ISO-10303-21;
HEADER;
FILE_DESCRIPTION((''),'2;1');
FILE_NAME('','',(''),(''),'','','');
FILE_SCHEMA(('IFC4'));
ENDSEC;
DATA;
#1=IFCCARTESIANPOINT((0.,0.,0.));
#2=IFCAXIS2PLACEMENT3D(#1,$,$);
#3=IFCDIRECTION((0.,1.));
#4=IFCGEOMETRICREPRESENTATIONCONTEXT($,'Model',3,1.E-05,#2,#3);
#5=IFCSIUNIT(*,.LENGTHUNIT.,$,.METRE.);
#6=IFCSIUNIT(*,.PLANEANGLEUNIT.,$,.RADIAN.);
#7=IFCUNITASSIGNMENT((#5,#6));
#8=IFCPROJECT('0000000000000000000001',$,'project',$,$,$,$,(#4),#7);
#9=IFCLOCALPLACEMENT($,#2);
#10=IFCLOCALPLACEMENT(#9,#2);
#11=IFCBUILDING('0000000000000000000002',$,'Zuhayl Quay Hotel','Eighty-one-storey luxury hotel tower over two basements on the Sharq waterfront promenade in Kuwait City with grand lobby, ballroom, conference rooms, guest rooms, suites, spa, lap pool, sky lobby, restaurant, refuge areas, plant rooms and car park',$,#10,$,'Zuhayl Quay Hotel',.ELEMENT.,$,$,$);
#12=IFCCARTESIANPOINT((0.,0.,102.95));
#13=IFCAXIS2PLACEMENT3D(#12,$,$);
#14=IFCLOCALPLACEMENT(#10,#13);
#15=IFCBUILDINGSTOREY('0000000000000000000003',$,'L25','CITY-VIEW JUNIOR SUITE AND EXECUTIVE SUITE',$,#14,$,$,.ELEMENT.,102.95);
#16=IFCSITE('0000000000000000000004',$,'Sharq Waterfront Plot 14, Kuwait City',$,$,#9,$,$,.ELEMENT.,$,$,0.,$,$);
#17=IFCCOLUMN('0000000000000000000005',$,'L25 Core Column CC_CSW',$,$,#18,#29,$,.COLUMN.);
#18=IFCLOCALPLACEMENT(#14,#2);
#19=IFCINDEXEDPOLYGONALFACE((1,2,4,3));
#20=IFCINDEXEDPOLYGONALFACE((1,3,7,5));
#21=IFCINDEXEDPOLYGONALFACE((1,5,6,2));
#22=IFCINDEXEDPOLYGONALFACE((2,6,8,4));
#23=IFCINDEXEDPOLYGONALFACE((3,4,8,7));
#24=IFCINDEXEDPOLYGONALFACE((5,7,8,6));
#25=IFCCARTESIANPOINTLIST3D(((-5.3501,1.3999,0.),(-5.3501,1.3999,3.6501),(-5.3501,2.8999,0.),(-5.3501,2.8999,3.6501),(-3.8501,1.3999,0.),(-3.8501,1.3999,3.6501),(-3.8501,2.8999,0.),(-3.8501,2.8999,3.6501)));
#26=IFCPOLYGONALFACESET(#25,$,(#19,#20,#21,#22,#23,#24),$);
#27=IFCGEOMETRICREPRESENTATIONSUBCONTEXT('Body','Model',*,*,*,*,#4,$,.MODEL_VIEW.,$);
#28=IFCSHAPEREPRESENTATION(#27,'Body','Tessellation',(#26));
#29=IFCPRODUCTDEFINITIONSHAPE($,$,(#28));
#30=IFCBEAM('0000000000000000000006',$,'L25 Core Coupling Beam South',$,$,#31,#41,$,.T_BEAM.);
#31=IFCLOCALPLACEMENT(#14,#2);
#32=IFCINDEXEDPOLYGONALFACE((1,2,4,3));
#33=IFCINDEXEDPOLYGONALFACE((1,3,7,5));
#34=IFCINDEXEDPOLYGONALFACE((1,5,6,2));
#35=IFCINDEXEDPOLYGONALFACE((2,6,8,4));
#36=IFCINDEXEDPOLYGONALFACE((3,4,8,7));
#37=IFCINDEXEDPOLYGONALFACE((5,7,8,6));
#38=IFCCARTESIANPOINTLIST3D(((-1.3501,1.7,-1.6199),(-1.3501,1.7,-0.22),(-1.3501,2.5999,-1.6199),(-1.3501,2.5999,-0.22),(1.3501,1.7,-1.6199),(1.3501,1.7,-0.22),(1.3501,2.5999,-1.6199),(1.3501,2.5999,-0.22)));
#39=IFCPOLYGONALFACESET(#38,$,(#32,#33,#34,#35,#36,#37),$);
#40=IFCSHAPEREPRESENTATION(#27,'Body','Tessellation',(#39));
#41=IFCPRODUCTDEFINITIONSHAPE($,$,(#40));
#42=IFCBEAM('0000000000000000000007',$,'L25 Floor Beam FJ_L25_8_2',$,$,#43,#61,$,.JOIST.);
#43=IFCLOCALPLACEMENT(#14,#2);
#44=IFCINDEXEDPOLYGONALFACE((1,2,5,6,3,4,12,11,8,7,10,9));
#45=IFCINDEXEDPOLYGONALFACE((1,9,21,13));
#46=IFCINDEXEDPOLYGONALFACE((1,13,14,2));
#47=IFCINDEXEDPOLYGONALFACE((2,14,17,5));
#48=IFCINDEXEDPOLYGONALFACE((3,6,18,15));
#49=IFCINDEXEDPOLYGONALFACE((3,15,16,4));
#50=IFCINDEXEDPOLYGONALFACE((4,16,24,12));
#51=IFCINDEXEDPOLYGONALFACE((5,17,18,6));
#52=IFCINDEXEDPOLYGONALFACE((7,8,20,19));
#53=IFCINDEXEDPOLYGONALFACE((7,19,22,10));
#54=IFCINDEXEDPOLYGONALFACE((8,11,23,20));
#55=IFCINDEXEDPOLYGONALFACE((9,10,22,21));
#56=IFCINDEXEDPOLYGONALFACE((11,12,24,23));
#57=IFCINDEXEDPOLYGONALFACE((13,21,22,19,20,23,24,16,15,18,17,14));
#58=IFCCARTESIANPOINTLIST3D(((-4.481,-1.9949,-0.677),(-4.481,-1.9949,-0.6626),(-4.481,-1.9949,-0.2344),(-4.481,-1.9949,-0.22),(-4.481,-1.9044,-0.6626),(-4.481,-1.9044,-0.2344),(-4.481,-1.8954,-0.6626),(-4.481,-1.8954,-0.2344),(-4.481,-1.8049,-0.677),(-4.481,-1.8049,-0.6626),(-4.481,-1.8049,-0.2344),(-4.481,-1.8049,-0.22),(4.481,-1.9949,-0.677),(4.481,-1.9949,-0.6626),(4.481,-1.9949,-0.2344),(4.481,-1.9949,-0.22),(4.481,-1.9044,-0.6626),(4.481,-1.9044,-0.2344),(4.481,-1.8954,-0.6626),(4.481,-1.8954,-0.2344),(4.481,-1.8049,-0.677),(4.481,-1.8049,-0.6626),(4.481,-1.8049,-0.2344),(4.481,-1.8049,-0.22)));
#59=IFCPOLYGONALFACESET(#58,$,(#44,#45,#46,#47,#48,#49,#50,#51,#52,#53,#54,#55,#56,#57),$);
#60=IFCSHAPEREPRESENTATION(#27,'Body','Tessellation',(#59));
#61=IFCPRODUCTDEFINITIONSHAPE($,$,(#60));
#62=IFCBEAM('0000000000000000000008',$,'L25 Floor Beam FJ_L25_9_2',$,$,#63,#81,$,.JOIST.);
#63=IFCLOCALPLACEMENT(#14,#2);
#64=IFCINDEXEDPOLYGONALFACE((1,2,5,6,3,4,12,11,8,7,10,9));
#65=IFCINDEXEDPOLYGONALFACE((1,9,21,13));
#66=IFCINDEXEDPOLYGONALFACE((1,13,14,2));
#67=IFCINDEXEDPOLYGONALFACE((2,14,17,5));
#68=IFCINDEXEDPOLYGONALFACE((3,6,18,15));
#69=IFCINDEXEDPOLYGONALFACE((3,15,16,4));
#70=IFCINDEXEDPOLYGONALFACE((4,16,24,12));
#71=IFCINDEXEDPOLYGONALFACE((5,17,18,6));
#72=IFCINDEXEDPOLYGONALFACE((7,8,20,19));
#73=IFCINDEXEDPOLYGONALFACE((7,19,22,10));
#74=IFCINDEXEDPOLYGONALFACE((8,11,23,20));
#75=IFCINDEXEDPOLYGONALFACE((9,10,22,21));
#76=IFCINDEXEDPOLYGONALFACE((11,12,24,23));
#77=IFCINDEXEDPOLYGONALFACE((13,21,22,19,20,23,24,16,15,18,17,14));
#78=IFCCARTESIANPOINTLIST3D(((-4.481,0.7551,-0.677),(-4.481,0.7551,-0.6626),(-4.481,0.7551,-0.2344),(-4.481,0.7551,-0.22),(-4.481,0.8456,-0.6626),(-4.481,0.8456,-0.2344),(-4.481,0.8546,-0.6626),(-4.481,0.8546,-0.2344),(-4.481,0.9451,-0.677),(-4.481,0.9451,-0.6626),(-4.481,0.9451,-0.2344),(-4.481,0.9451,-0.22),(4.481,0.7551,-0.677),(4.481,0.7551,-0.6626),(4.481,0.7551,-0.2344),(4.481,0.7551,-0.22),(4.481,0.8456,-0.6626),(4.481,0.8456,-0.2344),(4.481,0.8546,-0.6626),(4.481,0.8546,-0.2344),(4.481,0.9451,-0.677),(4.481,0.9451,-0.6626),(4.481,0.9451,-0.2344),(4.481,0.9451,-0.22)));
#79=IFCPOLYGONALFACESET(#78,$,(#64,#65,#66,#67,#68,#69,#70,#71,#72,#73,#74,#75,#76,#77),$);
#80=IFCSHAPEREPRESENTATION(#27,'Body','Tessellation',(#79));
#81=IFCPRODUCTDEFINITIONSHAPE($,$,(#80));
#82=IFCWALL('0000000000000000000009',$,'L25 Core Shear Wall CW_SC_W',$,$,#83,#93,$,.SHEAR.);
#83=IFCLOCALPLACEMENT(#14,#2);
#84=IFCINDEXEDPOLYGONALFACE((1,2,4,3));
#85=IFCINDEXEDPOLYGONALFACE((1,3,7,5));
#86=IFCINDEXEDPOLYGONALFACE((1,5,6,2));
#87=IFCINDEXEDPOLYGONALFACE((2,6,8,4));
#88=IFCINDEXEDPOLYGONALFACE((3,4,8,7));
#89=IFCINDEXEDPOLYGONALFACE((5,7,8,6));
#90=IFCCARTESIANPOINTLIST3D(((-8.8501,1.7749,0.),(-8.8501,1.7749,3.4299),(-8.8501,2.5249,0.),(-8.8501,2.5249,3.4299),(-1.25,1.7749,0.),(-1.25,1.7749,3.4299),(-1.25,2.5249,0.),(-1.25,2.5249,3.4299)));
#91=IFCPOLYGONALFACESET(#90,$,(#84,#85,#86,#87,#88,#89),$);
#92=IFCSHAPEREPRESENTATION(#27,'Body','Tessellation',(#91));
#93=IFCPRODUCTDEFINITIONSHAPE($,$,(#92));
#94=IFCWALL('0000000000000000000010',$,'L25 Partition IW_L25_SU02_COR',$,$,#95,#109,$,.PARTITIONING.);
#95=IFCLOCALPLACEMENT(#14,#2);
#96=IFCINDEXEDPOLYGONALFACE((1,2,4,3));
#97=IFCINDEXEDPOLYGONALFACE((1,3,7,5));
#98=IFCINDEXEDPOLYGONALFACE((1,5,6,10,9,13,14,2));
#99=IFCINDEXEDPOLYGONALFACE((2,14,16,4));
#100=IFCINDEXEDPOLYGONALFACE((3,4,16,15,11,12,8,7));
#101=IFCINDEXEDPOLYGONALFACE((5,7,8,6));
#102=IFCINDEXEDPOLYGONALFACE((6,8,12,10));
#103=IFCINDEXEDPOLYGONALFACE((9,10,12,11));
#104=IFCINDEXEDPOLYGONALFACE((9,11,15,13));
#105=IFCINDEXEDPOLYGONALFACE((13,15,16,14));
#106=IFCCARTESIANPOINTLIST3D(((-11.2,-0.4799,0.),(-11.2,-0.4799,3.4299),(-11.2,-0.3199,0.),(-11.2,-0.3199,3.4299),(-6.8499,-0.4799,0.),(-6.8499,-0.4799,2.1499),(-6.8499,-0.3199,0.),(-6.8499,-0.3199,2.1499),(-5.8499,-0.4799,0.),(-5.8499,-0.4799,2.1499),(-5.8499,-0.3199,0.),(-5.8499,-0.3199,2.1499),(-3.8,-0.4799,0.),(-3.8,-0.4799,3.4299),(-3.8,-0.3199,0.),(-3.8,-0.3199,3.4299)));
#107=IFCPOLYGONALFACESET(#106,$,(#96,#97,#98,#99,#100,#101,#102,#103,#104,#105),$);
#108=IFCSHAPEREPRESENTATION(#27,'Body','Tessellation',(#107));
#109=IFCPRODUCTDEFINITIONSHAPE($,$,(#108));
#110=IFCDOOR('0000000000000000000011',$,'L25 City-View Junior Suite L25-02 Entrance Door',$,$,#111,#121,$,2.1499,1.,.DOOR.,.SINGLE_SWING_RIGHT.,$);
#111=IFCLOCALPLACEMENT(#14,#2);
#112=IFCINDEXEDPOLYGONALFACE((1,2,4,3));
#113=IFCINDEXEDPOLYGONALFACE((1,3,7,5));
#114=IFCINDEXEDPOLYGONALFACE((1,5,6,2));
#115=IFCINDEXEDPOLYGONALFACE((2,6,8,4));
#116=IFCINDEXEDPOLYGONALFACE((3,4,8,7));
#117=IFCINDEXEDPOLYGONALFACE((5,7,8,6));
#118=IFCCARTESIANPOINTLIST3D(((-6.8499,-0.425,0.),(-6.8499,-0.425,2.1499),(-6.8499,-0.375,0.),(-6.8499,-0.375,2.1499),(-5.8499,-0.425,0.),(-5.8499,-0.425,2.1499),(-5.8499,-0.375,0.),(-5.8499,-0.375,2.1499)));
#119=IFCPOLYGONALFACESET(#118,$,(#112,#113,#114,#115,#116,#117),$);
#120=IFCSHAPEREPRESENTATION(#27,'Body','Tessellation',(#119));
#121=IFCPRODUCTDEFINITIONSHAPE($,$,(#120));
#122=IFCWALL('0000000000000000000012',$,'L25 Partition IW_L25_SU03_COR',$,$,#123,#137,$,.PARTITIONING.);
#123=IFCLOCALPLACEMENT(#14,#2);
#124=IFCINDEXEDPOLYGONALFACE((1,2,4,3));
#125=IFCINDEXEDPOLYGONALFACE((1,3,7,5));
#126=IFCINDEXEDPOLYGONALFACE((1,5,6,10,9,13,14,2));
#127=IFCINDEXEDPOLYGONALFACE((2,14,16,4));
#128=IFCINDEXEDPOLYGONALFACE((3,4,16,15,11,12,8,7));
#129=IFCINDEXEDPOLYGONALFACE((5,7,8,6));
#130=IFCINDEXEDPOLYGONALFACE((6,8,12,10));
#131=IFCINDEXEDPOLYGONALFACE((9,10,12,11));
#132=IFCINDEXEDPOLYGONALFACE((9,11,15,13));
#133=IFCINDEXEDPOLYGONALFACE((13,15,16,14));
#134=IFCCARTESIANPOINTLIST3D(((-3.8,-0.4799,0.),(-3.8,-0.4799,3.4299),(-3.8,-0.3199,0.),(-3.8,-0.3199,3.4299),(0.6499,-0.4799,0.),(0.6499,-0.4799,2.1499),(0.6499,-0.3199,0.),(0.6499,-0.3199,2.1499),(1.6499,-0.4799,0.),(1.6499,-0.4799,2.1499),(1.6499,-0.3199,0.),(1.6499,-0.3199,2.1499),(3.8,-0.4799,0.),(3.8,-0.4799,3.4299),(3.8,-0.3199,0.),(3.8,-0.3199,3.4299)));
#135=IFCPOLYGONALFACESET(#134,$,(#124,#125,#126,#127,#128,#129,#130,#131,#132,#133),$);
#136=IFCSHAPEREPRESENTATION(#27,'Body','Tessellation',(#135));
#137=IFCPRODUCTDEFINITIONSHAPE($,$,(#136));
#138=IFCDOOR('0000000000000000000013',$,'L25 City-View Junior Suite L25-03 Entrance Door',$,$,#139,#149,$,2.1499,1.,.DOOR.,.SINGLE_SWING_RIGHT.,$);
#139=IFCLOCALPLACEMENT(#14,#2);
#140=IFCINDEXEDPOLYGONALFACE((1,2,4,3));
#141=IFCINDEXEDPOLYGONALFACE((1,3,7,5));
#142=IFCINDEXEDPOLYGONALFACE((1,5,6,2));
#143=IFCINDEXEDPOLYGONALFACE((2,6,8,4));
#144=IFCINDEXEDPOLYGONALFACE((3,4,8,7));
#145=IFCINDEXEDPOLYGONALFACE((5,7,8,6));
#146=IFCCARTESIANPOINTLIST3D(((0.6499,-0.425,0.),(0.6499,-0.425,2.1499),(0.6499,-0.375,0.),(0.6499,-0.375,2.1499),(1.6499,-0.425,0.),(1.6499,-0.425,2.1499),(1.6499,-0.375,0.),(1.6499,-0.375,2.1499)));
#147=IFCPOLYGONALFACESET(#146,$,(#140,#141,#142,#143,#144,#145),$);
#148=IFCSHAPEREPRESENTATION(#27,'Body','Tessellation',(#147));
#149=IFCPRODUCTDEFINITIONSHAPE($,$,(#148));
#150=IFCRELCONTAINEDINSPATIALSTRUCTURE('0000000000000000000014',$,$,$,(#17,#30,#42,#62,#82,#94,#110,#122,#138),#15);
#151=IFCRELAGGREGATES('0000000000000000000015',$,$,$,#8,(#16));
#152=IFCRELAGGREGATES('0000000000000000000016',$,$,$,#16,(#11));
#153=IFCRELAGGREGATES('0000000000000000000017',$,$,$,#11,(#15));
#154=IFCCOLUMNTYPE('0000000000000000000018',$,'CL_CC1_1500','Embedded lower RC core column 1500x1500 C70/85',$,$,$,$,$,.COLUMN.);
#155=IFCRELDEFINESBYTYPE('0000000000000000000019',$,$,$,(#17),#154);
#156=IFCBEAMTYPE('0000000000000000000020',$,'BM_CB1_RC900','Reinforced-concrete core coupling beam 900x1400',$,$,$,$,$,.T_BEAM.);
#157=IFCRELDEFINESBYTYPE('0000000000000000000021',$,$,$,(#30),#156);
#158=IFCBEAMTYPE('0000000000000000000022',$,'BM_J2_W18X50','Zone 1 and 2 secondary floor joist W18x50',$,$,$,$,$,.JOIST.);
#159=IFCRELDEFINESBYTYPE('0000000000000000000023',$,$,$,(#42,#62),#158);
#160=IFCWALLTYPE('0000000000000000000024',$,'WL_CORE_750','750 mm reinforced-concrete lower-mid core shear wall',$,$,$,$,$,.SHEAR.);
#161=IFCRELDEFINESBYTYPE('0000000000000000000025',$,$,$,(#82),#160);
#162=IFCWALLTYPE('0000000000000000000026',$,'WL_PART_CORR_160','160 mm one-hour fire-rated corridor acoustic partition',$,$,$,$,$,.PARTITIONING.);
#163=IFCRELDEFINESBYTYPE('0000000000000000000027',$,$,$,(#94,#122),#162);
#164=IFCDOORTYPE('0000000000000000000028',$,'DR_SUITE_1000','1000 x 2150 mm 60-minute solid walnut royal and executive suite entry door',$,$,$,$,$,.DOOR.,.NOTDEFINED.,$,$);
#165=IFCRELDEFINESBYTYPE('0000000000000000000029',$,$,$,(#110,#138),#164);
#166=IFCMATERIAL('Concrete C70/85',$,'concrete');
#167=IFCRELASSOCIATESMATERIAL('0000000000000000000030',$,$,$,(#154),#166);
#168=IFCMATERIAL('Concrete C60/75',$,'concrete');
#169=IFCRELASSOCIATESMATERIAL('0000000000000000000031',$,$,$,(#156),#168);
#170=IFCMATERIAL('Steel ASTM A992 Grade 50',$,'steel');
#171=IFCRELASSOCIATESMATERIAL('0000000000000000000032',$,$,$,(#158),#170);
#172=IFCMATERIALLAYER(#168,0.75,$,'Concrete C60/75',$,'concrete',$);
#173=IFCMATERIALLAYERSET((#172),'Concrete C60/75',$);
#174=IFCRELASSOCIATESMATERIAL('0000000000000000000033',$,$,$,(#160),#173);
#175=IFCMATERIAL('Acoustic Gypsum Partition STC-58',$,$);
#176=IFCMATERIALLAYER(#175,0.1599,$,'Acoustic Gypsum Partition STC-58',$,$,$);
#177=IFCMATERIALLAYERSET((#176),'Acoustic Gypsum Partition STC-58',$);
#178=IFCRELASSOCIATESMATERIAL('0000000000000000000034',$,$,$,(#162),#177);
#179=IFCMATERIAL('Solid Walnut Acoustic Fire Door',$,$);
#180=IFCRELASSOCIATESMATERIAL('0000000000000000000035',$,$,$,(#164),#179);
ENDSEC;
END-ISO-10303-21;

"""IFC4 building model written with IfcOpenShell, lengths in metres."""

from ifc_helpers import new_model, si_unit, direction, frame, frame_2d, origin, origin_2d, place, context, subcontext, project, spatial, rectangle, i_section, extrude, material, layer, layer_set, material_profile, profile_set, type_object, element, fill, save


model = new_model("IFC4")

# Units and contexts
model_context = context("Model", 3, precision=1e-05, world=origin(), true_north=direction((0.0, 1.0)))
body_context = subcontext(model_context, "Body", "Model", "MODEL_VIEW")
ifc_project = project(units=[si_unit("LENGTHUNIT", "METRE"), si_unit("PLANEANGLEUNIT", "RADIAN")], contexts=[model_context])

# Site, building, storey
site_placement = place(None, origin())
site = spatial("IfcSite", under=ifc_project, at=site_placement, Name="Sharq Waterfront Plot 14, Kuwait City", CompositionType="ELEMENT", RefElevation=0.0)
building_placement = place(site_placement, origin())
building = spatial("IfcBuilding", under=site, at=building_placement, Name="Zuhayl Quay Hotel", Description="Eighty-one-storey luxury hotel tower over two basements on the Sharq waterfront promenade in Kuwait City with grand lobby, ballroom, conference rooms, guest rooms, suites, spa, lap pool, sky lobby, restaurant, refuge areas, plant rooms and car park", LongName="Zuhayl Quay Hotel", CompositionType="ELEMENT")
storey_placement = place(building_placement, frame((0.0, 0.0, 102.95)))
storey = spatial("IfcBuildingStorey", under=building, at=storey_placement, Name="L25", Description="CITY-VIEW JUNIOR SUITE AND EXECUTIVE SUITE", CompositionType="ELEMENT", Elevation=102.95)

# Column
ifc_material_1 = material(Name="Concrete C70/85", Category="concrete")
ifc_material_profile_1 = material_profile(ifc_material_1, rectangle(XDim=1.5, YDim=1.5, at=origin_2d()), Name="RC1500X1500")
ifc_profile_set_1 = profile_set([ifc_material_profile_1], Name="Concrete C70/85")
column_type = type_object("IfcColumnType", Name="CL_CC1_1500", Description="Embedded lower RC core column 1500x1500 C70/85", PredefinedType="COLUMN", material=ifc_profile_set_1)
column_placement = place(storey_placement, frame((-4.6001, 2.1499, 0.0), z_axis=(0.0, 0.0, 1.0), x_axis=(1.0, 0.0, 0.0)))
element("IfcColumn", 1, at=column_placement, inside=storey, type_object=column_type, Name="L25 Core Column CC_CSW", PredefinedType="COLUMN", context=body_context, shape_type="SweptSolid", body=[
    extrude(rectangle(XDim=1.5, YDim=1.5, at=origin_2d()), origin(), (0.0, 0.0, 1.0), 3.6501),
])

# Beams
ifc_material_2 = material(Name="Concrete C60/75", Category="concrete")
ifc_material_profile_2 = material_profile(ifc_material_2, rectangle(XDim=0.8999, YDim=1.3999, at=origin_2d()), Name="RC900X1400")
ifc_profile_set_2 = profile_set([ifc_material_profile_2], Name="Concrete C60/75")
beam_type_1 = type_object("IfcBeamType", Name="BM_CB1_RC900", Description="Reinforced-concrete core coupling beam 900x1400", PredefinedType="T_BEAM", material=ifc_profile_set_2)
beam_placement = place(storey_placement, frame((-1.3501, 2.1499, -0.9199), z_axis=(1.0, 0.0, 0.0), x_axis=(0.0, 1.0, 0.0)))
element("IfcBeam", 2, at=beam_placement, inside=storey, type_object=beam_type_1, Name="L25 Core Coupling Beam South", PredefinedType="T_BEAM", context=body_context, shape_type="SweptSolid", body=[
    extrude(rectangle(XDim=0.8999, YDim=1.3999, at=origin_2d()), origin(), (0.0, 0.0, 1.0), 2.7002),
])
ifc_material_3 = material(Name="Steel ASTM A992 Grade 50", Category="steel")
ifc_material_profile_3 = material_profile(ifc_material_3, i_section(OverallWidth=0.1899, OverallDepth=0.457, WebThickness=0.009, FlangeThickness=0.0144, at=origin_2d()), Name="W18X50")
ifc_profile_set_3 = profile_set([ifc_material_profile_3], Name="Steel ASTM A992 Grade 50")
beam_type_2 = type_object("IfcBeamType", Name="BM_J2_W18X50", Description="Zone 1 and 2 secondary floor joist W18x50", PredefinedType="JOIST", material=ifc_profile_set_3)
for number, where, z_axis, x_axis, name in (
    (3, (-4.481, -1.8999, -0.4485), (1.0, 0.0, 0.0), (0.0, 1.0, 0.0), "L25 Floor Beam FJ_L25_8_2"),
    (4, (-4.481, 0.8501, -0.4485), (1.0, 0.0, 0.0), (0.0, 1.0, 0.0), "L25 Floor Beam FJ_L25_9_2"),
):
    element("IfcBeam", number, at=place(storey_placement, frame(where, z_axis=z_axis, x_axis=x_axis)), inside=storey, type_object=beam_type_2, Name=name, PredefinedType="JOIST", context=body_context, shape_type="SweptSolid", body=[
        extrude(i_section(OverallWidth=0.1899, OverallDepth=0.457, WebThickness=0.009, FlangeThickness=0.0144, at=origin_2d()), origin(), (0.0, 0.0, 1.0), 8.9619),
    ])

# Wall
ifc_layer_1 = layer(ifc_material_2, 0.75, Name="Concrete C60/75", Category="concrete")
ifc_layer_set_1 = layer_set([ifc_layer_1], Name="Concrete C60/75")
wall_type_1 = type_object("IfcWallType", Name="WL_CORE_750", Description="750 mm reinforced-concrete lower-mid core shear wall", PredefinedType="SHEAR", material=ifc_layer_set_1)
wall_1_placement = place(storey_placement, frame((-8.8501, 2.1499, 0.0), z_axis=(0.0, 0.0, 1.0), x_axis=(1.0, 0.0, 0.0)))
element("IfcWall", 5, at=wall_1_placement, inside=storey, type_object=wall_type_1, Name="L25 Core Shear Wall CW_SC_W", PredefinedType="SHEAR", context=body_context, shape_type="SweptSolid", body=[
    extrude(rectangle(XDim=7.6001, YDim=0.75, at=frame_2d((3.8, 0.0))), origin(), (0.0, 0.0, 1.0), 3.4299),
])

# Walls, openings, doors
ifc_material_4 = material(Name="Acoustic Gypsum Partition STC-58")
ifc_layer_2 = layer(ifc_material_4, 0.1599, Name="Acoustic Gypsum Partition STC-58")
ifc_layer_set_2 = layer_set([ifc_layer_2], Name="Acoustic Gypsum Partition STC-58")
wall_type_2 = type_object("IfcWallType", Name="WL_PART_CORR_160", Description="160 mm one-hour fire-rated corridor acoustic partition", PredefinedType="PARTITIONING", material=ifc_layer_set_2)
wall_2_placement = place(storey_placement, frame((-11.2, -0.3999, 0.0), z_axis=(0.0, 0.0, 1.0), x_axis=(1.0, 0.0, 0.0)))
wall_2 = element("IfcWall", 6, at=wall_2_placement, inside=storey, type_object=wall_type_2, Name="L25 Partition IW_L25_SU02_COR", PredefinedType="PARTITIONING", context=body_context, shape_type="SweptSolid", body=[
    extrude(rectangle(XDim=7.3999, YDim=0.1599, at=frame_2d((3.7, 0.0))), origin(), (0.0, 0.0, 1.0), 3.4299),
])
opening_1_placement = place(wall_2_placement, frame((4.3501, 0.0, 0.0)))
opening_1 = element("IfcOpeningElement", 7, at=opening_1_placement, cuts=wall_2, PredefinedType="OPENING", context=body_context, shape_type="SweptSolid", body=[
    extrude(rectangle(XDim=1.0, YDim=2.1499, at=frame_2d((0.5, 1.075))), frame((0.0, 0.0898, 0.0), z_axis=(0.0, -1.0, 0.0), x_axis=(1.0, 0.0, 0.0)), (0.0, 0.0, 1.0), 0.1799),
])
ifc_material_5 = material(Name="Solid Walnut Acoustic Fire Door")
door_type_1 = type_object("IfcDoorType", Name="DR_SUITE_1000", Description="1000 x 2150 mm 60-minute solid walnut royal and executive suite entry door", OperationType="NOTDEFINED", PredefinedType="DOOR", material=ifc_material_5)
door_1_placement = place(opening_1_placement, origin())
door_1 = element("IfcDoor", 8, at=door_1_placement, inside=storey, type_object=door_type_1, Name="L25 City-View Junior Suite L25-02 Entrance Door", OperationType="SINGLE_SWING_RIGHT", OverallHeight=2.1499, OverallWidth=1.0, PredefinedType="DOOR", context=body_context, shape_type="SweptSolid", body=[
    extrude(rectangle(XDim=1.0, YDim=2.1499, at=frame_2d((0.5, 1.075))), frame((0.0, 0.0249, 0.0), z_axis=(0.0, -1.0, 0.0), x_axis=(1.0, 0.0, 0.0)), (0.0, 0.0, 1.0), 0.05),
])
fill(opening_1, door_1)
wall_3_placement = place(storey_placement, frame((-3.8, -0.3999, 0.0), z_axis=(0.0, 0.0, 1.0), x_axis=(1.0, 0.0, 0.0)))
wall_3 = element("IfcWall", 9, at=wall_3_placement, inside=storey, type_object=wall_type_2, Name="L25 Partition IW_L25_SU03_COR", PredefinedType="PARTITIONING", context=body_context, shape_type="SweptSolid", body=[
    extrude(rectangle(XDim=7.6001, YDim=0.1599, at=frame_2d((3.8, 0.0))), origin(), (0.0, 0.0, 1.0), 3.4299),
])
opening_2_placement = place(wall_3_placement, frame((4.45, 0.0, 0.0)))
opening_2 = element("IfcOpeningElement", 10, at=opening_2_placement, cuts=wall_3, PredefinedType="OPENING", context=body_context, shape_type="SweptSolid", body=[
    extrude(rectangle(XDim=1.0, YDim=2.1499, at=frame_2d((0.5, 1.075))), frame((0.0, 0.0898, 0.0), z_axis=(0.0, -1.0, 0.0), x_axis=(1.0, 0.0, 0.0)), (0.0, 0.0, 1.0), 0.1799),
])
door_2_placement = place(opening_2_placement, origin())
door_2 = element("IfcDoor", 11, at=door_2_placement, inside=storey, type_object=door_type_1, Name="L25 City-View Junior Suite L25-03 Entrance Door", OperationType="SINGLE_SWING_RIGHT", OverallHeight=2.1499, OverallWidth=1.0, PredefinedType="DOOR", context=body_context, shape_type="SweptSolid", body=[
    extrude(rectangle(XDim=1.0, YDim=2.1499, at=frame_2d((0.5, 1.075))), frame((0.0, 0.0249, 0.0), z_axis=(0.0, -1.0, 0.0), x_axis=(1.0, 0.0, 0.0)), (0.0, 0.0, 1.0), 0.05),
])
fill(opening_2, door_2)

save(model, "model.ifc")
